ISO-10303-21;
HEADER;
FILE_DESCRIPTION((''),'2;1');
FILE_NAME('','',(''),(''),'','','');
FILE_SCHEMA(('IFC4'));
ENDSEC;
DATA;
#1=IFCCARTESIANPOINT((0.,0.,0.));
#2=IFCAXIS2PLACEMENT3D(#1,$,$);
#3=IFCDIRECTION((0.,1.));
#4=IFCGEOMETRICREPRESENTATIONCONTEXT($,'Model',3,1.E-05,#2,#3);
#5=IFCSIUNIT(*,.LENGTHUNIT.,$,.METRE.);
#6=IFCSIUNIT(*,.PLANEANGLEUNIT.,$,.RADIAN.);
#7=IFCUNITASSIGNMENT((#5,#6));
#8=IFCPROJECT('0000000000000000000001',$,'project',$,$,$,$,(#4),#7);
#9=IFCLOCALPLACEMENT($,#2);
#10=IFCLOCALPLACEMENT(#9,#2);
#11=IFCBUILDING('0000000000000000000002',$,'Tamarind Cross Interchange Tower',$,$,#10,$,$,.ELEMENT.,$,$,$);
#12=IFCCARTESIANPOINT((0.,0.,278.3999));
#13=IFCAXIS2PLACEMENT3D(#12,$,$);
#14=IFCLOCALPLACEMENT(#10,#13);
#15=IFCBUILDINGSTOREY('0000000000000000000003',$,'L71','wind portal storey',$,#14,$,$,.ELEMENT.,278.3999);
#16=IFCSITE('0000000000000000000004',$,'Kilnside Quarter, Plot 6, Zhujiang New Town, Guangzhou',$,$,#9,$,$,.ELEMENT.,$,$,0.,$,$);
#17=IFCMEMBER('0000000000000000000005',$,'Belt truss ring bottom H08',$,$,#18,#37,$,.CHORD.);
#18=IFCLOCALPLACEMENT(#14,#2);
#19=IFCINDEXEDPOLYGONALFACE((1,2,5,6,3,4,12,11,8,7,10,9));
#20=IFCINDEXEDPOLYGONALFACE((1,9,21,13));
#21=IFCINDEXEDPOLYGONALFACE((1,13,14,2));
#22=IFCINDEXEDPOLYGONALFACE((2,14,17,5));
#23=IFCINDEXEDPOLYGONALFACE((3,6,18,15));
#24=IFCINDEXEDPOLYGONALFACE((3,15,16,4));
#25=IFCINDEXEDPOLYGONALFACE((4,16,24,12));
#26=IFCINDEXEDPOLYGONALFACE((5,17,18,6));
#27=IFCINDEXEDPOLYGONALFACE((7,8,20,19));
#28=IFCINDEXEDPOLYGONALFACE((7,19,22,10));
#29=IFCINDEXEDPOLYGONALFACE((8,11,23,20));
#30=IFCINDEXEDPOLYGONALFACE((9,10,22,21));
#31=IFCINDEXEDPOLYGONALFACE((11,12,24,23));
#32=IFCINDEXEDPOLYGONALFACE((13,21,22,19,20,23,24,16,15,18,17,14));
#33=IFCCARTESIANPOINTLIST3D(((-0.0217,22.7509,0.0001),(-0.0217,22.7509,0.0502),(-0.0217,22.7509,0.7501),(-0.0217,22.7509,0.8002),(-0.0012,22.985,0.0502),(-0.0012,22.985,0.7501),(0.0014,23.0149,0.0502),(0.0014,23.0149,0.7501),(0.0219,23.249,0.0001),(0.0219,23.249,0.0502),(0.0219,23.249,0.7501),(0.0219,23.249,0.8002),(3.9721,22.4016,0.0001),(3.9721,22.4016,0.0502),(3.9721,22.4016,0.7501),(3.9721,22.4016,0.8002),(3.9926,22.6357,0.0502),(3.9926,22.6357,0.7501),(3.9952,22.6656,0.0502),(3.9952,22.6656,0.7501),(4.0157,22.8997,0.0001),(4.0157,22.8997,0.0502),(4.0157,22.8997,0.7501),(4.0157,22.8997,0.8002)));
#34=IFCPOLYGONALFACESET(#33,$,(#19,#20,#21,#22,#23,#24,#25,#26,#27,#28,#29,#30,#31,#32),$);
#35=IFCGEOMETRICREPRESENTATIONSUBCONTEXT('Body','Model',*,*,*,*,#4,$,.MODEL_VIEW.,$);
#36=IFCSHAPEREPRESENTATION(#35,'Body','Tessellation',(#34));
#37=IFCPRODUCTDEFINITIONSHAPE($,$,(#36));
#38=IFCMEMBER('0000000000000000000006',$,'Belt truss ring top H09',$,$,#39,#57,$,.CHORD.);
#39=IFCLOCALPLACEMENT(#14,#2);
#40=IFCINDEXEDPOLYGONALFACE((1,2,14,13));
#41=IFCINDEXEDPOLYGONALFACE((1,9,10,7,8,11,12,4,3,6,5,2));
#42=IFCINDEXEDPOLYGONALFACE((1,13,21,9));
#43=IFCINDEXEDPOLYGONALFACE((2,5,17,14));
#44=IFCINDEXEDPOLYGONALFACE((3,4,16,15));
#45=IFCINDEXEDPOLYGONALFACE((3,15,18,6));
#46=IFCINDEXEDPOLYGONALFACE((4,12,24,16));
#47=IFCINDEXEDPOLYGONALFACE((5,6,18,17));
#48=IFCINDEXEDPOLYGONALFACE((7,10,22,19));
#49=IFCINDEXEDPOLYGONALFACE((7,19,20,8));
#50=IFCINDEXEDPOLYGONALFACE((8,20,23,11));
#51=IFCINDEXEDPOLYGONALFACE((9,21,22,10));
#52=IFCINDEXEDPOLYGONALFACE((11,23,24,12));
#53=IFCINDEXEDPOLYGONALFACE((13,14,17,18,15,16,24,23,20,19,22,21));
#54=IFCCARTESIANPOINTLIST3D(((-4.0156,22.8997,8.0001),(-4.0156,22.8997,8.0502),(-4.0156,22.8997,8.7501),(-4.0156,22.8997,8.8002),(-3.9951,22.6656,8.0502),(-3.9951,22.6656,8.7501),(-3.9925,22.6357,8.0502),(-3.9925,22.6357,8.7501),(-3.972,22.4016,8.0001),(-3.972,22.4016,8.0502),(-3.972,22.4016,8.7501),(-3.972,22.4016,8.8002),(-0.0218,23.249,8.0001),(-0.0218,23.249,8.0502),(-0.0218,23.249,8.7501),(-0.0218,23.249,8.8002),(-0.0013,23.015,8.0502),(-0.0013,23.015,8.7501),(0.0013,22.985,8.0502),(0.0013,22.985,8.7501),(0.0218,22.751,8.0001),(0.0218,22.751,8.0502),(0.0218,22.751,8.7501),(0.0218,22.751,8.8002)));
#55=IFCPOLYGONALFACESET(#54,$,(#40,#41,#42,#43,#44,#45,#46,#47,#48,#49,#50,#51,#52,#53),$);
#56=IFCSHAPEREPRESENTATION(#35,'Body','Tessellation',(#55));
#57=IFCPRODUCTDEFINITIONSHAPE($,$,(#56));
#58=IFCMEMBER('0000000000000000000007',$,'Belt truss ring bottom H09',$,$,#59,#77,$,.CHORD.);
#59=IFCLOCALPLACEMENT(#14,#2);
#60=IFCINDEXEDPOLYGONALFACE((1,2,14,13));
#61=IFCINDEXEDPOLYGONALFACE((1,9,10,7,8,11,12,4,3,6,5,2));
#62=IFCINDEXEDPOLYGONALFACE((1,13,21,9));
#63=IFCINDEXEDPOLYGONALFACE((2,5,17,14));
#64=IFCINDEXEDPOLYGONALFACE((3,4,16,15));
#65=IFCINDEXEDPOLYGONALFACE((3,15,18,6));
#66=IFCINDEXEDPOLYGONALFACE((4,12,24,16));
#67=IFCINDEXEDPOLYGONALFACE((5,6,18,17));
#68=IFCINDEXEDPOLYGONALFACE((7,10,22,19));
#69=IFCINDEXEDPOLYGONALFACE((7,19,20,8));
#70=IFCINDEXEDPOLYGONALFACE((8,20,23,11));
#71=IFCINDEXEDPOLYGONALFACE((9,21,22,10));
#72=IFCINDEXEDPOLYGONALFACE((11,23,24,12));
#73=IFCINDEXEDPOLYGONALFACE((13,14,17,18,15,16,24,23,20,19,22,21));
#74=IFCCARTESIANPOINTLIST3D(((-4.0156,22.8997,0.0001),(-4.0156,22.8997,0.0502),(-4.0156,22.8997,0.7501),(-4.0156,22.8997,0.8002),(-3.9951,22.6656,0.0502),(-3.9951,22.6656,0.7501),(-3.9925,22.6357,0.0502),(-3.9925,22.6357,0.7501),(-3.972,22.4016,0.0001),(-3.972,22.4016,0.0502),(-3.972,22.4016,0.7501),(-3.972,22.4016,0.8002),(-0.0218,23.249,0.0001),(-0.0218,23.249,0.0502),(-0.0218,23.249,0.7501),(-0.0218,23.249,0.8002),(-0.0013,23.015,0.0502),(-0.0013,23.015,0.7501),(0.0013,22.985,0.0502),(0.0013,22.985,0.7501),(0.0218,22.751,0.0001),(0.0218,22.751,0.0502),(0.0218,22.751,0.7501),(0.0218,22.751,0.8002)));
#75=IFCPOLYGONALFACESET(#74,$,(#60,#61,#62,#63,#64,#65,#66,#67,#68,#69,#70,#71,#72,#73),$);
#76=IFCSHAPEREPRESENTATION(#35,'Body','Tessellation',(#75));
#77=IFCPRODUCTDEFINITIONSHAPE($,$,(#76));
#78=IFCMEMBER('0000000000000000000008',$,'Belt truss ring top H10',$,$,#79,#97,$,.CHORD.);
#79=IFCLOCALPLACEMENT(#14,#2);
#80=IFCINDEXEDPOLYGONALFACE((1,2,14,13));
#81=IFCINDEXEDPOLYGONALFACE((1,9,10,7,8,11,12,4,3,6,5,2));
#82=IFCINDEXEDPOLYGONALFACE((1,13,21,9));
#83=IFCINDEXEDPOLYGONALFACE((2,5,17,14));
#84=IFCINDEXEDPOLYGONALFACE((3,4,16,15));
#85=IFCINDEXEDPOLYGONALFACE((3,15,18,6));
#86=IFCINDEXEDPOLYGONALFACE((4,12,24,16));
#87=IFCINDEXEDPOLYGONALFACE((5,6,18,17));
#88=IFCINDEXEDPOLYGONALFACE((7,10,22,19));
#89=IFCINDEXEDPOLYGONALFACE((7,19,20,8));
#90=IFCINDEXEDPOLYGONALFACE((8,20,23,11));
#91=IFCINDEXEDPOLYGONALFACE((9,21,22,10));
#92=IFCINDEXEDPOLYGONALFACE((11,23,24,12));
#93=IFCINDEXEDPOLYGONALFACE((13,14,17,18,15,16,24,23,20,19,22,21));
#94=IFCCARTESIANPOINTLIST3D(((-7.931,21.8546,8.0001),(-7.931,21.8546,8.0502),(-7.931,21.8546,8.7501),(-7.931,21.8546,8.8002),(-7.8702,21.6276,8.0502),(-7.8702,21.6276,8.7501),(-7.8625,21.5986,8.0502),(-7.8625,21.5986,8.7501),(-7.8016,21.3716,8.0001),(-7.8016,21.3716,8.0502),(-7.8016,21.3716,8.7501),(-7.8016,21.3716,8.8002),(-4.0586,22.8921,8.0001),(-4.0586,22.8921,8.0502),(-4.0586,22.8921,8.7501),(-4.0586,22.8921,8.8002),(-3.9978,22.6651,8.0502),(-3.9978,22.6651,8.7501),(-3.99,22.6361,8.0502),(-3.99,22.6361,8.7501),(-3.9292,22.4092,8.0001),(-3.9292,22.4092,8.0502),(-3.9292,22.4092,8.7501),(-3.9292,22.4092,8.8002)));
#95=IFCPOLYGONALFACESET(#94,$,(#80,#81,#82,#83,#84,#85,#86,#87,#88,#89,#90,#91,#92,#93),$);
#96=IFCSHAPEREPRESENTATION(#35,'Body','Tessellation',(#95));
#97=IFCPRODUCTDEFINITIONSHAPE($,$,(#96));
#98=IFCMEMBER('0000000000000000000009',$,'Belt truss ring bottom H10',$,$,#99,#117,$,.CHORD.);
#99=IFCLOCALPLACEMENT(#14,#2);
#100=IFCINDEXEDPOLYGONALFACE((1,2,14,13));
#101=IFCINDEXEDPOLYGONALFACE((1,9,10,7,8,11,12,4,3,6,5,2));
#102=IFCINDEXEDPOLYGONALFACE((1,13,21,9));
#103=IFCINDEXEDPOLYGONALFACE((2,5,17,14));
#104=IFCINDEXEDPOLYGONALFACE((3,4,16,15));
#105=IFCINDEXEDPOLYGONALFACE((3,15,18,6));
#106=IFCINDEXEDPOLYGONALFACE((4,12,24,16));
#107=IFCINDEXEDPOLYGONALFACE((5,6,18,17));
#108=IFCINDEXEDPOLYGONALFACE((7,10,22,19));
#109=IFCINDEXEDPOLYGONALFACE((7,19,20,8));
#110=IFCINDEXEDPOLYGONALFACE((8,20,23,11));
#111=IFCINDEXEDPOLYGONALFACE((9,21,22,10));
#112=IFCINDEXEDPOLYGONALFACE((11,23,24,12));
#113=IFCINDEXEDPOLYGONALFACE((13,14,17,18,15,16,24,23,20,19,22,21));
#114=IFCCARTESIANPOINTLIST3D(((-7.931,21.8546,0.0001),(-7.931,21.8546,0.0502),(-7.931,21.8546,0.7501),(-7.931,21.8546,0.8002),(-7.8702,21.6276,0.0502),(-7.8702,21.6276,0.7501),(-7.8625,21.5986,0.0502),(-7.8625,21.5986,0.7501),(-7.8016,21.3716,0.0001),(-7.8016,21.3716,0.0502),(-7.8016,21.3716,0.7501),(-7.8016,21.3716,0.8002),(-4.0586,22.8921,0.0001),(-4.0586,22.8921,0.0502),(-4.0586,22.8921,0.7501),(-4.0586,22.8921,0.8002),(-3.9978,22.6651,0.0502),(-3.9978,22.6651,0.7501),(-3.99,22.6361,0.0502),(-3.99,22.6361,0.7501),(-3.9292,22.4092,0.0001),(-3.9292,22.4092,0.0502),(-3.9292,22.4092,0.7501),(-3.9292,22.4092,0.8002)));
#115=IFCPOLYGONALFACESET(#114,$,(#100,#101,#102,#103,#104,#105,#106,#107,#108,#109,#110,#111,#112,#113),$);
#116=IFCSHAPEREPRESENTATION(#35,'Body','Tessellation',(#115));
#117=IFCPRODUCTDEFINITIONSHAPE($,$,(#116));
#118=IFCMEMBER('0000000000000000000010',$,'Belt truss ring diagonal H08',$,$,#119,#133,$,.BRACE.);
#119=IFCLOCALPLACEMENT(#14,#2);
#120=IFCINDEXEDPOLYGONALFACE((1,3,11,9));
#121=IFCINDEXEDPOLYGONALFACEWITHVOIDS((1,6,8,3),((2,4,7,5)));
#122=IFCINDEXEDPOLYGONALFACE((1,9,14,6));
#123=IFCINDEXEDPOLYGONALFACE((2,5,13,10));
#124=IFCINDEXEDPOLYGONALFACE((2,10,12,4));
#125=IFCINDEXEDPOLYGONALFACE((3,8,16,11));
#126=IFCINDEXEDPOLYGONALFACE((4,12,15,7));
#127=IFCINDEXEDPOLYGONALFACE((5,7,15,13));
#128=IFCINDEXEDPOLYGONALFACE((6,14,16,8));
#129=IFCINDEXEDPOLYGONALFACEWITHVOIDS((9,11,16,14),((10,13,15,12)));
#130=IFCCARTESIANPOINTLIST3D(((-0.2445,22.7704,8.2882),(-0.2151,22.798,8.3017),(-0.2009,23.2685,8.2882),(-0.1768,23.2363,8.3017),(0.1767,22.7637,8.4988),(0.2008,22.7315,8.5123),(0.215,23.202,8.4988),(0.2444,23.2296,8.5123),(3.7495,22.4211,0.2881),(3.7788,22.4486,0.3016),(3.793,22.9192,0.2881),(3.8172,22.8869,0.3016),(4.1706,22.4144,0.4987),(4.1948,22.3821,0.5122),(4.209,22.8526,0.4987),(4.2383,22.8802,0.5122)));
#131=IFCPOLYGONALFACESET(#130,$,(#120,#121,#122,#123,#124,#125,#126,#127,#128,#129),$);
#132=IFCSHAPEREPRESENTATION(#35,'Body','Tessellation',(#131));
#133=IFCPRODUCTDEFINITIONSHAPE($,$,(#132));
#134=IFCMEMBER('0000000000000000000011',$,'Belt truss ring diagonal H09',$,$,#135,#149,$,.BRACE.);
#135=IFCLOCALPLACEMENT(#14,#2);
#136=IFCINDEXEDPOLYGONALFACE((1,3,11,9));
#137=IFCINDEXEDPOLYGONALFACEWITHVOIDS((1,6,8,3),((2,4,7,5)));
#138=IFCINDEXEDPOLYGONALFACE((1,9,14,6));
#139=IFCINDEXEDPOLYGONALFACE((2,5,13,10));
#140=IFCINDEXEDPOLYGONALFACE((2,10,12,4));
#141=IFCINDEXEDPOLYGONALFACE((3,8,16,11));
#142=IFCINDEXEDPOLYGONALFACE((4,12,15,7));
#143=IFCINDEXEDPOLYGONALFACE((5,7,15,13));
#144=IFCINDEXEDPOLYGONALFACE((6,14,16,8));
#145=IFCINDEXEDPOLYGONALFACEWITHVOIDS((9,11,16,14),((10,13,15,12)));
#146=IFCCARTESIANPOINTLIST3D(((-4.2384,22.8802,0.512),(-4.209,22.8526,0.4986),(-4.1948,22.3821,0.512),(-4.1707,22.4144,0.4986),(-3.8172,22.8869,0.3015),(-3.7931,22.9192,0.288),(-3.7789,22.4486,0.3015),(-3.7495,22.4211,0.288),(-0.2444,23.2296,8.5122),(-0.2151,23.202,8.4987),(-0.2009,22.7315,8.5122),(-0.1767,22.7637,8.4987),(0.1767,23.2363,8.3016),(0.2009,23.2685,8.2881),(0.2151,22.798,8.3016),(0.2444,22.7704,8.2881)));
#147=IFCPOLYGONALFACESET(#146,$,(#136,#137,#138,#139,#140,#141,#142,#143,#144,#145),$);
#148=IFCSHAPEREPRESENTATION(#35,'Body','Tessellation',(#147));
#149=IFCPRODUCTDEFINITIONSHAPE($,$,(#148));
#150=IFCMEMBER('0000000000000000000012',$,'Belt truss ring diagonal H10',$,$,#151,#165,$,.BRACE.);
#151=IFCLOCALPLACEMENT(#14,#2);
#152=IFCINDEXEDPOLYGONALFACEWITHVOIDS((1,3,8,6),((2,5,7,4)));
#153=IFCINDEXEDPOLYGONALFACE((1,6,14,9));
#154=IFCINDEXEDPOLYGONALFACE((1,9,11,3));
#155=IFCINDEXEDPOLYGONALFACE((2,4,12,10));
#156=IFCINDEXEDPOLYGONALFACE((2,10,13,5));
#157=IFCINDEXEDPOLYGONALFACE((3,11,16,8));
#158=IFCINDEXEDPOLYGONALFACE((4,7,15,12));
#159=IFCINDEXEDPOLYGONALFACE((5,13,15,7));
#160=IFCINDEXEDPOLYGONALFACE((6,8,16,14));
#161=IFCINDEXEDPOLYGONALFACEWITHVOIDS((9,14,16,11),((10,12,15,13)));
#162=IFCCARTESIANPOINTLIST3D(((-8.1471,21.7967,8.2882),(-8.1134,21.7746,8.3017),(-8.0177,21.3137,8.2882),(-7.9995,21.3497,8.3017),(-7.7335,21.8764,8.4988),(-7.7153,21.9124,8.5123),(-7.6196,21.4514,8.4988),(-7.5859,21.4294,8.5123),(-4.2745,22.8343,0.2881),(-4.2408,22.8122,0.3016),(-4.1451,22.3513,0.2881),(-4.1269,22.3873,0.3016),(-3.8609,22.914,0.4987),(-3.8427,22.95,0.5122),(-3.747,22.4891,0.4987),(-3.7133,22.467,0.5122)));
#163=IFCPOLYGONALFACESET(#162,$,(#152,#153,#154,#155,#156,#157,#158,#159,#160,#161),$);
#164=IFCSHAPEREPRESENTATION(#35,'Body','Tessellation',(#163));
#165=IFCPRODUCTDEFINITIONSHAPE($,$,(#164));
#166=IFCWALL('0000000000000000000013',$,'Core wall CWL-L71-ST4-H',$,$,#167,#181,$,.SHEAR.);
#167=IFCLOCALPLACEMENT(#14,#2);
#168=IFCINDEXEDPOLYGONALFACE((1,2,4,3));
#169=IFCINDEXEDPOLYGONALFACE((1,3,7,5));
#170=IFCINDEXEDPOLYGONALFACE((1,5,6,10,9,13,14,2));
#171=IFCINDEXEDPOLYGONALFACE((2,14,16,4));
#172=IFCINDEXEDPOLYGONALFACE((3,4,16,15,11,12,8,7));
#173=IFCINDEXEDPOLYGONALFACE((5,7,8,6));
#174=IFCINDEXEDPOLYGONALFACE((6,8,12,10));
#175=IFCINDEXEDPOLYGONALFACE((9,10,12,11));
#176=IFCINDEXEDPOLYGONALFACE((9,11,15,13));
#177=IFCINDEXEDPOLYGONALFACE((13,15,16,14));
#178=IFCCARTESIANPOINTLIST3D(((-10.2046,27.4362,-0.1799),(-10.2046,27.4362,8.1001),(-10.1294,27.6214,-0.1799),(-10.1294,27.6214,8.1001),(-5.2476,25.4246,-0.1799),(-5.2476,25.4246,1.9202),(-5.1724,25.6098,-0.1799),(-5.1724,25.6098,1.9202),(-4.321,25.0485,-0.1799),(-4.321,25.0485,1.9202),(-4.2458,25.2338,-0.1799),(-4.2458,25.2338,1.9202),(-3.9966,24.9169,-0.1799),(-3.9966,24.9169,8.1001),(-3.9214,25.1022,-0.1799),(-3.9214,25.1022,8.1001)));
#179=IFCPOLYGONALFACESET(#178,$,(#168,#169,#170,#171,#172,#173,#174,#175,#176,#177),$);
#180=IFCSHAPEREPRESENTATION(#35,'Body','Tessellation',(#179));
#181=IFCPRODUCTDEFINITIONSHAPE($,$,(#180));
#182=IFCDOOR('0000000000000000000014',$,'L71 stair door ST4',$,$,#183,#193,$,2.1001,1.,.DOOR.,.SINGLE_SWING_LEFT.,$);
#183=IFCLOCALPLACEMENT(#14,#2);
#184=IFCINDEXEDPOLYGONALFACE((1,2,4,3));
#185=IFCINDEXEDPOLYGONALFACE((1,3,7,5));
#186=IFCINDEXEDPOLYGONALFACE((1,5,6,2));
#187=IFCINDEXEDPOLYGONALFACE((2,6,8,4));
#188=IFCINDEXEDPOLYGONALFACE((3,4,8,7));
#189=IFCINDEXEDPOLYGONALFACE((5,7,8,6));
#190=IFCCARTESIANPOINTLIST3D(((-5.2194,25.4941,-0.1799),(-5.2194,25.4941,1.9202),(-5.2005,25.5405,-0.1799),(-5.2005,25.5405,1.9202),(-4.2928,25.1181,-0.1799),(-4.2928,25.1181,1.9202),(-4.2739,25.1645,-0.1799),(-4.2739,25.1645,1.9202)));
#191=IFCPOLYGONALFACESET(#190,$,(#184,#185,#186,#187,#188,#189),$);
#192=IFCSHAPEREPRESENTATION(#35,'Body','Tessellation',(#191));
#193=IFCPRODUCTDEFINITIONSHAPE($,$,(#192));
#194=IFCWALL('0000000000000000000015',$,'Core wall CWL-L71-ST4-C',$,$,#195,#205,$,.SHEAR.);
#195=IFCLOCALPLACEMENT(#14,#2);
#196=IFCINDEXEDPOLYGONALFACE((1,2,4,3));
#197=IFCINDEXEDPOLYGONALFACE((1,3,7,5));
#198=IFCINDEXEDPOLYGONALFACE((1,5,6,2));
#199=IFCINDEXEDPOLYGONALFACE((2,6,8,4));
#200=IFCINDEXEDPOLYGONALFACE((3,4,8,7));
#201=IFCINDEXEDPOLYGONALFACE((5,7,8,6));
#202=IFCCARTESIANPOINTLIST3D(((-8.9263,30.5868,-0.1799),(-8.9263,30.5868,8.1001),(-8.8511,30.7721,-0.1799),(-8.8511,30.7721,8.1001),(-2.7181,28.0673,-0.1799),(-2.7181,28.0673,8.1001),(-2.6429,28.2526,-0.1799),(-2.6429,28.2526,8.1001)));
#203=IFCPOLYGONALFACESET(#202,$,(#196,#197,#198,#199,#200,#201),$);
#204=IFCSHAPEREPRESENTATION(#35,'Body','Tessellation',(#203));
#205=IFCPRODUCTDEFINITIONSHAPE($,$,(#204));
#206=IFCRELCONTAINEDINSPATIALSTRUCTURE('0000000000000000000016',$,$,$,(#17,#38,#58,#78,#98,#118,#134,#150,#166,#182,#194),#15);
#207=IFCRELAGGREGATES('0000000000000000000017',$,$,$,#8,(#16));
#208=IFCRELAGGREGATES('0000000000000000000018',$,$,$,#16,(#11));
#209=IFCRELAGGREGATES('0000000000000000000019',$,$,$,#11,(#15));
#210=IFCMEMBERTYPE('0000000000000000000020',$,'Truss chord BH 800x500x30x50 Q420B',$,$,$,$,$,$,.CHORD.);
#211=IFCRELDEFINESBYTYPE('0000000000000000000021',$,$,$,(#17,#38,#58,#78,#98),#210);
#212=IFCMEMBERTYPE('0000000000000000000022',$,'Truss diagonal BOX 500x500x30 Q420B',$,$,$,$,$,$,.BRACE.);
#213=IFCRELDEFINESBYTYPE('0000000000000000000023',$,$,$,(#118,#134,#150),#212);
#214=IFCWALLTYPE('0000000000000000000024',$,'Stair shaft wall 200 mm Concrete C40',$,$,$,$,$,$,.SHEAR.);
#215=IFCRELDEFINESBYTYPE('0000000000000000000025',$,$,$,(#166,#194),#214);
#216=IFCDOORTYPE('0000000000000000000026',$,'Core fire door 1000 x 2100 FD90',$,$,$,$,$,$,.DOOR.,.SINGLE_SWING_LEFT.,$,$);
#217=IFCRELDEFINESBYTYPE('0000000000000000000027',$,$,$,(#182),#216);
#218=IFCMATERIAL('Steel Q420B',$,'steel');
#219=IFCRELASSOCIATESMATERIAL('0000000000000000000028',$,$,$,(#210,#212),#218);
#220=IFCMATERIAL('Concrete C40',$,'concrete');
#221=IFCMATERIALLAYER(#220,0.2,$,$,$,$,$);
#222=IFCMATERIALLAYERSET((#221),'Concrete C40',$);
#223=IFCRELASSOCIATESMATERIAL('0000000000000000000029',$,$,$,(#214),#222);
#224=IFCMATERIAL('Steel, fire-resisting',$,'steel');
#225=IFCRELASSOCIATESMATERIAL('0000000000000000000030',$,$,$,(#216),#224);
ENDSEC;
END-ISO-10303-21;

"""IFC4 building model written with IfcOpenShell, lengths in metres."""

from ifc_helpers import new_model, si_unit, direction, frame, frame_2d, origin, origin_2d, place, context, subcontext, project, spatial, rectangle, hollow_rectangle, i_section, extrude, material, layer, layer_set, material_profile, profile_set, type_object, element, fill, save


model = new_model("IFC4")

# Units and contexts
model_context = context("Model", 3, precision=1e-05, world=origin(), true_north=direction((0.0, 1.0)))
body_context = subcontext(model_context, "Body", "Model", "MODEL_VIEW")
ifc_project = project(units=[si_unit("LENGTHUNIT", "METRE"), si_unit("PLANEANGLEUNIT", "RADIAN")], contexts=[model_context])

# Site, building, storey
site_placement = place(None, origin())
site = spatial("IfcSite", under=ifc_project, at=site_placement, Name="Kilnside Quarter, Plot 6, Zhujiang New Town, Guangzhou", CompositionType="ELEMENT", RefElevation=0.0)
building_placement = place(site_placement, origin())
building = spatial("IfcBuilding", under=site, at=building_placement, Name="Tamarind Cross Interchange Tower", CompositionType="ELEMENT")
storey_placement = place(building_placement, frame((0.0, 0.0, 278.3999)))
storey = spatial("IfcBuildingStorey", under=building, at=storey_placement, Name="L71", Description="wind portal storey", CompositionType="ELEMENT", Elevation=278.3999)

# Members
ifc_material_1 = material(Name="Steel Q420B", Category="steel")
ifc_material_profile_1 = material_profile(ifc_material_1, i_section(OverallWidth=0.5, OverallDepth=0.8, WebThickness=0.03, FlangeThickness=0.05, at=origin_2d()), Name="BH 800x500x30x50")
ifc_profile_set_1 = profile_set([ifc_material_profile_1], Name="Steel Q420B")
member_type_1 = type_object("IfcMemberType", Name="Truss chord BH 800x500x30x50 Q420B", PredefinedType="CHORD", material=ifc_profile_set_1)
for number, where, z_axis, x_axis, name in (
    (1, (3.9939, 22.6506, 0.4001), (-0.996196, 0.087142, 0.0), (-0.087142, -0.996196, 0.0), "Belt truss ring bottom H08"),
    (2, (0.0, 23.0, 8.4001), (-0.996196, -0.087142, 0.0), (0.087142, -0.996196, 0.0), "Belt truss ring top H09"),
    (3, (0.0, 23.0, 0.4001), (-0.996196, -0.087142, 0.0), (0.087142, -0.996196, 0.0), "Belt truss ring bottom H09"),
    (4, (-3.9939, 22.6506, 8.4001), (-0.965929, -0.258807, 0.0), (0.258807, -0.965929, 0.0), "Belt truss ring top H10"),
    (5, (-3.9939, 22.6506, 0.4001), (-0.965929, -0.258807, 0.0), (0.258807, -0.965929, 0.0), "Belt truss ring bottom H10"),
):
    element("IfcMember", number, at=place(storey_placement, frame(where, z_axis=z_axis, x_axis=x_axis)), inside=storey, type_object=member_type_1, Name=name, PredefinedType="CHORD", context=body_context, shape_type="SweptSolid", body=[
        extrude(i_section(OverallWidth=0.5, OverallDepth=0.8, WebThickness=0.03, FlangeThickness=0.05, at=origin_2d()), origin(), (0.0, 0.0, 1.0), 4.009),
    ])
ifc_material_profile_2 = material_profile(ifc_material_1, hollow_rectangle(XDim=0.5, YDim=0.5, WallThickness=0.03, at=origin_2d()), Name="BOX 500x500x30")
ifc_profile_set_2 = profile_set([ifc_material_profile_2], Name="Steel Q420B")
member_type_2 = type_object("IfcMemberType", Name="Truss diagonal BOX 500x500x30 Q420B", PredefinedType="BRACE", material=ifc_profile_set_2)
for number, where, z_axis, x_axis, name in (
    (6, (3.9939, 22.6506, 0.4001), (-0.446327, 0.039042, 0.894018), (-0.087142, -0.996196, 0.0), "Belt truss ring diagonal H08"),
    (7, (0.0, 23.0, 8.4001), (-0.446327, -0.039042, -0.894018), (0.087142, -0.996196, 0.0), "Belt truss ring diagonal H09"),
    (8, (-3.9939, 22.6506, 0.4001), (-0.432767, -0.115954, 0.894018), (0.258807, -0.965929, 0.0), "Belt truss ring diagonal H10"),
):
    element("IfcMember", number, at=place(storey_placement, frame(where, z_axis=z_axis, x_axis=x_axis)), inside=storey, type_object=member_type_2, Name=name, PredefinedType="BRACE", context=body_context, shape_type="SweptSolid", body=[
        extrude(hollow_rectangle(XDim=0.5, YDim=0.5, WallThickness=0.03, at=origin_2d()), origin(), (0.0, 0.0, 1.0), 8.9485),
    ])

# Wall, opening, door
ifc_material_2 = material(Name="Concrete C40", Category="concrete")
ifc_layer = layer(ifc_material_2, 0.2)
ifc_layer_set = layer_set([ifc_layer], Name="Concrete C40")
wall_type = type_object("IfcWallType", Name="Stair shaft wall 200 mm Concrete C40", PredefinedType="SHEAR", material=ifc_layer_set)
wall_1_placement = place(storey_placement, frame((-3.959, 25.0095, -0.1799), z_axis=(0.0, 0.0, 1.0), x_axis=(-0.926608, 0.376029, 0.0)))
wall_1 = element("IfcWall", 9, at=wall_1_placement, inside=storey, type_object=wall_type, Name="Core wall CWL-L71-ST4-H", PredefinedType="SHEAR", context=body_context, shape_type="SweptSolid", body=[
    extrude(rectangle(XDim=6.6997, YDim=0.2, at=frame_2d((3.3499, 0.0))), origin(), (0.0, 0.0, 1.0), 8.28),
])
opening_placement = place(wall_1_placement, frame((0.3501, 0.0, 0.0)))
opening = element("IfcOpeningElement", 10, at=opening_placement, cuts=wall_1, PredefinedType="OPENING", context=body_context, shape_type="SweptSolid", body=[
    extrude(rectangle(XDim=1.0, YDim=2.1001, at=frame_2d((0.5, 1.05))), frame((0.0, 0.1099, 0.0), z_axis=(0.0, -1.0, 0.0), x_axis=(1.0, 0.0, 0.0)), (0.0, 0.0, 1.0), 0.22),
])
ifc_material_3 = material(Name="Steel, fire-resisting", Category="steel")
door_type = type_object("IfcDoorType", Name="Core fire door 1000 x 2100 FD90", OperationType="SINGLE_SWING_LEFT", PredefinedType="DOOR", material=ifc_material_3)
door_placement = place(opening_placement, origin())
door = element("IfcDoor", 11, at=door_placement, inside=storey, type_object=door_type, Name="L71 stair door ST4", OperationType="SINGLE_SWING_LEFT", OverallHeight=2.1001, OverallWidth=1.0, PredefinedType="DOOR", context=body_context, shape_type="SweptSolid", body=[
    extrude(rectangle(XDim=1.0, YDim=2.1001, at=frame_2d((0.5, 1.05))), frame((0.0, 0.0249, 0.0), z_axis=(0.0, -1.0, 0.0), x_axis=(1.0, 0.0, 0.0)), (0.0, 0.0, 1.0), 0.05),
])
fill(opening, door)

# Wall
wall_2_placement = place(storey_placement, frame((-2.6804, 28.1599, -0.1799), z_axis=(0.0, 0.0, 1.0), x_axis=(-0.9266, 0.376048, 0.0)))
element("IfcWall", 12, at=wall_2_placement, inside=storey, type_object=wall_type, Name="Core wall CWL-L71-ST4-C", PredefinedType="SHEAR", context=body_context, shape_type="SweptSolid", body=[
    extrude(rectangle(XDim=6.7, YDim=0.2, at=frame_2d((3.3501, 0.0))), origin(), (0.0, 0.0, 1.0), 8.28),
])

save(model, "model.ifc")
